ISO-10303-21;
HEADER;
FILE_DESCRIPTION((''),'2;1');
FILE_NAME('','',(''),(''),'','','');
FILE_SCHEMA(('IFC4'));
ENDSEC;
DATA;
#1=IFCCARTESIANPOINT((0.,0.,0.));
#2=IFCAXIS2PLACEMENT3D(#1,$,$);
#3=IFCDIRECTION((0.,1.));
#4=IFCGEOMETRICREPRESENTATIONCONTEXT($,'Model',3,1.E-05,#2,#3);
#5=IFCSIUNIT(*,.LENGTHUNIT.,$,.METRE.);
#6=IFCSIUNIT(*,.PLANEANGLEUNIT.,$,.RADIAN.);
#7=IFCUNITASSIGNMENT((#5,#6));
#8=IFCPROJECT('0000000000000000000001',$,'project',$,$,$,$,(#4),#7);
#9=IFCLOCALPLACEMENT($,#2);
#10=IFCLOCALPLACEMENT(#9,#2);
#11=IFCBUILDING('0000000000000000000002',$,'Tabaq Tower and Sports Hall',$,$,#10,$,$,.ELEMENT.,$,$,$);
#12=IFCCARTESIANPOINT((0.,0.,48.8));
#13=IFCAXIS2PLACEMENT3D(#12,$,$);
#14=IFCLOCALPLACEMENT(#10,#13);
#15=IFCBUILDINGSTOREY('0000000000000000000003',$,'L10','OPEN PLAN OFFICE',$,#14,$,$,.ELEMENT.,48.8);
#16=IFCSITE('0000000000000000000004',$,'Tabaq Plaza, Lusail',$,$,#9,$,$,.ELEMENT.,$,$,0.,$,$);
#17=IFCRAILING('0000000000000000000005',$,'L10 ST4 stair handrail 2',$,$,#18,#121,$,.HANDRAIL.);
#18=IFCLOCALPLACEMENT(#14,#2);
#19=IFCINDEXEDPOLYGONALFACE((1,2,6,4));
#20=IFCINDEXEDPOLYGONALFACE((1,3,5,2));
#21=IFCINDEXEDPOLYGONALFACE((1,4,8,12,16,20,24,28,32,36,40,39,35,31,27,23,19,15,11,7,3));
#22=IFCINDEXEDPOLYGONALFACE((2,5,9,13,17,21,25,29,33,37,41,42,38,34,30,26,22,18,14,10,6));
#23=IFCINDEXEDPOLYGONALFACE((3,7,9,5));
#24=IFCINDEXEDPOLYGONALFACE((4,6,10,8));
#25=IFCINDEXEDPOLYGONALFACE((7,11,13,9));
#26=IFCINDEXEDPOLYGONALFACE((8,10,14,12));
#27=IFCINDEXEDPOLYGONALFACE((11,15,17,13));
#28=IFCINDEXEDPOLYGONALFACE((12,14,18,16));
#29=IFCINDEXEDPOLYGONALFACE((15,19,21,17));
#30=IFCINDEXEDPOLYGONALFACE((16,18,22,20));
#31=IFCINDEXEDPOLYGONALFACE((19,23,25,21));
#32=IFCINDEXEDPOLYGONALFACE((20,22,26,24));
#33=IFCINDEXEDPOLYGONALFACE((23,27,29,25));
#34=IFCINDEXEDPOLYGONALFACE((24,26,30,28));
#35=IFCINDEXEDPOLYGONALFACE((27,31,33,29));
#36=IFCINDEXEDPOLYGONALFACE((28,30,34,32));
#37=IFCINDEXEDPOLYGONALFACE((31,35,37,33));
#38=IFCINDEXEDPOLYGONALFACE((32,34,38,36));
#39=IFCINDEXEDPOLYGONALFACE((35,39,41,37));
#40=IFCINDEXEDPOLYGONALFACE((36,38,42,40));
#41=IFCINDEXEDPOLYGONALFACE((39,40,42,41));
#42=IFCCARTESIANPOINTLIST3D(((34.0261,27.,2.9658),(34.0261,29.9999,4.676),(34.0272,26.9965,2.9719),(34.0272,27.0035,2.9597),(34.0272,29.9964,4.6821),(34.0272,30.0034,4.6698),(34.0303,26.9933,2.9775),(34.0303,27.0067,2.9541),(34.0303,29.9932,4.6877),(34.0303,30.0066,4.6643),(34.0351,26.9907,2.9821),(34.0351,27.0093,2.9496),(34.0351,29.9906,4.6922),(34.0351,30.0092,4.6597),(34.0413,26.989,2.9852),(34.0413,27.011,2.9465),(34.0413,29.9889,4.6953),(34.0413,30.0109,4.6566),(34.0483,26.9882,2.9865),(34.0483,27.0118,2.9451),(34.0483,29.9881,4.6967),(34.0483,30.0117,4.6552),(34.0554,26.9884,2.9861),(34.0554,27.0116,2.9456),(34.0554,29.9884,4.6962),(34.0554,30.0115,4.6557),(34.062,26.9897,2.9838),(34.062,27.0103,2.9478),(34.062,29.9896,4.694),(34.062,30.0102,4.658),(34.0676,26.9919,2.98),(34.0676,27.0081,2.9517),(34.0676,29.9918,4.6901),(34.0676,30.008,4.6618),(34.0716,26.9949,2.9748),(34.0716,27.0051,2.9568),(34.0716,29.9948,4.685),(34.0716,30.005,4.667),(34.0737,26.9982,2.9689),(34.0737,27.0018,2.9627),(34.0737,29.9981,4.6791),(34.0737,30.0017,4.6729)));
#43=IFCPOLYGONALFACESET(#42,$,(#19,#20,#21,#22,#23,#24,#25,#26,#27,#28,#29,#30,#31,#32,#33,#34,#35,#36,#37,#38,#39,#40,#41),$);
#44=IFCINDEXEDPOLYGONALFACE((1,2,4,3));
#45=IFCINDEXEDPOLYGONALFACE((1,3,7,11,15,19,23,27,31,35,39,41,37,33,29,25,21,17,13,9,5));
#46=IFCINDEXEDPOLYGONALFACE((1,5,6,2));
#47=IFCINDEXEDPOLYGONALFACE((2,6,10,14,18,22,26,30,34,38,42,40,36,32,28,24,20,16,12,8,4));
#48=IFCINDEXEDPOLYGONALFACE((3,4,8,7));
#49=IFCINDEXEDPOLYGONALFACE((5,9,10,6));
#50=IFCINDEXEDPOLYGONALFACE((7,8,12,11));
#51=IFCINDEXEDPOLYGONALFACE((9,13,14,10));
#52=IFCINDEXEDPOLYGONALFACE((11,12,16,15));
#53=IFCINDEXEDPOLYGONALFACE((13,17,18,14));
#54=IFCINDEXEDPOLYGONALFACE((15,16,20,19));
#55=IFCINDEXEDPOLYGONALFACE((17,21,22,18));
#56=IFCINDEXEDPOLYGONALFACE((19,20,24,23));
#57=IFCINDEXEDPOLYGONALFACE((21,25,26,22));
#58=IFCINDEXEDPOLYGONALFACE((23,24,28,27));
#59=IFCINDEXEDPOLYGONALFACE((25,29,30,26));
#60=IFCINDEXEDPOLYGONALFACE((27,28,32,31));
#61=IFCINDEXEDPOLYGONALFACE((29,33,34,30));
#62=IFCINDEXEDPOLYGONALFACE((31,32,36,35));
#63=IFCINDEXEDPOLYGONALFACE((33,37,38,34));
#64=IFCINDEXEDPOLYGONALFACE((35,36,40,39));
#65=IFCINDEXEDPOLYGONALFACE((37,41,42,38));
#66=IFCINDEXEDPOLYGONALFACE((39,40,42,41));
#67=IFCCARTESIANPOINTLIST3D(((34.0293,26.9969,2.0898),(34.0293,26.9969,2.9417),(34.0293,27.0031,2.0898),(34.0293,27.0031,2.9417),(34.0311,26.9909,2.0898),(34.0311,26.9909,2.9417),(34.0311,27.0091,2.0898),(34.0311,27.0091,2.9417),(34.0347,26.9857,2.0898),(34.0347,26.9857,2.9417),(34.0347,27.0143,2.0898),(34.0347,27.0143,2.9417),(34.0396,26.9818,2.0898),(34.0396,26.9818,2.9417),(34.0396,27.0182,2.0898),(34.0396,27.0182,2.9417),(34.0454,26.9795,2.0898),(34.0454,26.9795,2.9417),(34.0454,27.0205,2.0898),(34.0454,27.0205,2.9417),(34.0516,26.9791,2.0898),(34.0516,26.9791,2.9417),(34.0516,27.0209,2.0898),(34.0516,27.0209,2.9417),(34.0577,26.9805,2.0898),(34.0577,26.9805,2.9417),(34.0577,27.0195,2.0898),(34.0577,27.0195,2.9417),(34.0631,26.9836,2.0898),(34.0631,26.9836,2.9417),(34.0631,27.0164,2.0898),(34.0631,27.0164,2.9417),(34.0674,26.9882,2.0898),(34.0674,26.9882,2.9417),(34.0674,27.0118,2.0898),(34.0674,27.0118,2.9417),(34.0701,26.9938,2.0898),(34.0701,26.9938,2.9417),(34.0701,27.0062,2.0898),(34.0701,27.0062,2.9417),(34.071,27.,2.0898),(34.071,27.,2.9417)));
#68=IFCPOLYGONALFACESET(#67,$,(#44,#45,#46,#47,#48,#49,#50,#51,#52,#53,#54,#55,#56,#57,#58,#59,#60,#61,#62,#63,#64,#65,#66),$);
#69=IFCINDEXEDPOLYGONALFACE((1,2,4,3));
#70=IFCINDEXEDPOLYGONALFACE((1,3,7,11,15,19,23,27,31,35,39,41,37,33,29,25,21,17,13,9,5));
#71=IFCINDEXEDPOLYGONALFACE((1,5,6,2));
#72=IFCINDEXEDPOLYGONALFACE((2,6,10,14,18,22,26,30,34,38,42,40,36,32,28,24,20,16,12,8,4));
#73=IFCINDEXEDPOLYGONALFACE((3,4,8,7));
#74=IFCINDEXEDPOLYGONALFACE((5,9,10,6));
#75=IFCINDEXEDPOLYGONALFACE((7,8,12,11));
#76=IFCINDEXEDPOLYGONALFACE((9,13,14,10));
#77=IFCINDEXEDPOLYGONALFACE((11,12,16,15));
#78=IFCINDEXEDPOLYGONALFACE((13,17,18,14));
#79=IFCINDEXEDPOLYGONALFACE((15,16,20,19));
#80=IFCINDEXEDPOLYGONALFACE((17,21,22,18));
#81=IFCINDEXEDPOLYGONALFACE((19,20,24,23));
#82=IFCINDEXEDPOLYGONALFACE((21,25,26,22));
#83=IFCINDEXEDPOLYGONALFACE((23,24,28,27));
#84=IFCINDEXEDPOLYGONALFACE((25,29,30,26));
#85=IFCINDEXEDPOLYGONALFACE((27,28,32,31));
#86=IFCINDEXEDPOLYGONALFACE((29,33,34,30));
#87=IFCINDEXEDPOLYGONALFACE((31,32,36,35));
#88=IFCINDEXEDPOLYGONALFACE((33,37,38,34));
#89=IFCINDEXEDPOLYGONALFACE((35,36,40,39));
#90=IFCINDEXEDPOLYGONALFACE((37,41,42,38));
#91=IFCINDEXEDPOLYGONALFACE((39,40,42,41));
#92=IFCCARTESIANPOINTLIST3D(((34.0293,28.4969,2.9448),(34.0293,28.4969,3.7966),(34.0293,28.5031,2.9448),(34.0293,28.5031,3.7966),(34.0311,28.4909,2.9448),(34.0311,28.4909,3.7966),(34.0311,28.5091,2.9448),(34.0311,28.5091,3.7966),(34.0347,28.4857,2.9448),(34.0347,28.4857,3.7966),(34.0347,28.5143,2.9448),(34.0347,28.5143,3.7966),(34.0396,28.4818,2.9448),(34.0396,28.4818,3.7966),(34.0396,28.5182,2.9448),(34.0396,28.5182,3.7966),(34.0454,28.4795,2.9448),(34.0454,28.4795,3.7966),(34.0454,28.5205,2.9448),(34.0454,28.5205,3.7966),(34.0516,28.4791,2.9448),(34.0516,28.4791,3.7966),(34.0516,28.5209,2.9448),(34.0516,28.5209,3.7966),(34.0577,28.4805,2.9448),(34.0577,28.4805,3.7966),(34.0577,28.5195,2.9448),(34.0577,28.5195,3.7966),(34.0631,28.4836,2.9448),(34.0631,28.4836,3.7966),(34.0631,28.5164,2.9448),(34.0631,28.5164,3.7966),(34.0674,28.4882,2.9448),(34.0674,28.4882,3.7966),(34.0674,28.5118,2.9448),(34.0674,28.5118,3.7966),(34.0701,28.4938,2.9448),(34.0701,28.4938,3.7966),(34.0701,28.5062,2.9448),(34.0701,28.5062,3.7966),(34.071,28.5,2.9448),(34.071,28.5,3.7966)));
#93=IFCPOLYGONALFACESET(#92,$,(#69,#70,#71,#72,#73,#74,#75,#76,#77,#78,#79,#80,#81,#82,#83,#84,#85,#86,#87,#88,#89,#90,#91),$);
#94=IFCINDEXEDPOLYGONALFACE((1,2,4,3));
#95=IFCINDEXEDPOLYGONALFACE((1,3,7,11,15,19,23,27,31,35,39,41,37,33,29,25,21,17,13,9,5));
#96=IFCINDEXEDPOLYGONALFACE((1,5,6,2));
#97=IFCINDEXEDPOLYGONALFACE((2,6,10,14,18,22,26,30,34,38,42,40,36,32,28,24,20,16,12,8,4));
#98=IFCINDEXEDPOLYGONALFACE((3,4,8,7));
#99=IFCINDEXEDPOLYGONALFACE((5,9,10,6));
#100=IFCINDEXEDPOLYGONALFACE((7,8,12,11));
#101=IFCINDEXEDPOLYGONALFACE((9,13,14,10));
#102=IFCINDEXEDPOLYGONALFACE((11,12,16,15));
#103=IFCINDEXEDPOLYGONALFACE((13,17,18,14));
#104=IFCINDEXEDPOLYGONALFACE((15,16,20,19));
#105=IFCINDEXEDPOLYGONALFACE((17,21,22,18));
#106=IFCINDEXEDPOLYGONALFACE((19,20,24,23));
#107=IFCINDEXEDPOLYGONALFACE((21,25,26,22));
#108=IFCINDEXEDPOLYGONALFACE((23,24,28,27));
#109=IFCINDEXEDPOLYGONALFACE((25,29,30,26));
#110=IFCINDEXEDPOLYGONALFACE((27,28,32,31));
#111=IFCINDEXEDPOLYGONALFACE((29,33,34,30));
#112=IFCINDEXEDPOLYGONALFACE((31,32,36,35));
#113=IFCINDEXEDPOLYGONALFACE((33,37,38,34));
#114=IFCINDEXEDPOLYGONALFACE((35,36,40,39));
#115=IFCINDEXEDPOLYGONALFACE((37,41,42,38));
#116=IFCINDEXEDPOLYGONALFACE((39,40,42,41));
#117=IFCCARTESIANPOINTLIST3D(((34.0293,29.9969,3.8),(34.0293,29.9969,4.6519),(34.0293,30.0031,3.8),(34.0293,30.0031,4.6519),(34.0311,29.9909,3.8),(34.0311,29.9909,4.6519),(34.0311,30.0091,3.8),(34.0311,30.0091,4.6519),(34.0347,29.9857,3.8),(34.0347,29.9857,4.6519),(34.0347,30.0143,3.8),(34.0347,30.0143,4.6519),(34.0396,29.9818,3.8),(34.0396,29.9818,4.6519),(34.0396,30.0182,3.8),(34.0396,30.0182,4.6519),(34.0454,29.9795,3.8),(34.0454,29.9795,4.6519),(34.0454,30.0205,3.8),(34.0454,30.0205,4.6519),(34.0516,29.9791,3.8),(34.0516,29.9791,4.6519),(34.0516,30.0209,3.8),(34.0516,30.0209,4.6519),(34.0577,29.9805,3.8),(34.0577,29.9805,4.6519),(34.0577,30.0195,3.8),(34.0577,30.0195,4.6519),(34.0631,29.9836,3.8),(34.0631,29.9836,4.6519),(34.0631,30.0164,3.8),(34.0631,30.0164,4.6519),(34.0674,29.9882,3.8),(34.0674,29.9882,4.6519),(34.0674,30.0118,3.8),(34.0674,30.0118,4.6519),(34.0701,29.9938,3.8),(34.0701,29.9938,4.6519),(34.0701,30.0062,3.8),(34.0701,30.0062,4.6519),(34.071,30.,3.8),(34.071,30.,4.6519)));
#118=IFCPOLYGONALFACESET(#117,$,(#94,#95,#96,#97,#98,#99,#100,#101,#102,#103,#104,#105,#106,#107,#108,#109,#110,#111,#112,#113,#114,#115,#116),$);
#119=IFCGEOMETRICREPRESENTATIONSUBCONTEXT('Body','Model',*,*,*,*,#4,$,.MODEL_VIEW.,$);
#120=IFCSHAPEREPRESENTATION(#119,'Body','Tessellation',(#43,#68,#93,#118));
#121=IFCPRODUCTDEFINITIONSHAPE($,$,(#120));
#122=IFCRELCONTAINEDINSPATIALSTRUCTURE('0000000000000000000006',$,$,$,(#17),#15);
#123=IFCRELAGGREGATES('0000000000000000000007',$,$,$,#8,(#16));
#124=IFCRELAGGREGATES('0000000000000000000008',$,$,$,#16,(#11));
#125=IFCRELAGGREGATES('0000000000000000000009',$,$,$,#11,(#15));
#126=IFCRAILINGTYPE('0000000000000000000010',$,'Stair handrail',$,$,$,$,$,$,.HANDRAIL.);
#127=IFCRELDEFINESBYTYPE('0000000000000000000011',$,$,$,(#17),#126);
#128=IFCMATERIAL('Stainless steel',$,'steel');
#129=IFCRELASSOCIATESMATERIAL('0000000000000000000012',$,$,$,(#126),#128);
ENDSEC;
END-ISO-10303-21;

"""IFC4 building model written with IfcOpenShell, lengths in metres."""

from ifc_helpers import new_model, si_unit, direction, frame, origin, origin_2d, place, context, subcontext, project, spatial, circle, extrude, material, type_object, element, save


model = new_model("IFC4")

# Units and contexts
model_context = context("Model", 3, precision=1e-05, world=origin(), true_north=direction((0.0, 1.0)))
body_context = subcontext(model_context, "Body", "Model", "MODEL_VIEW")
ifc_project = project(units=[si_unit("LENGTHUNIT", "METRE"), si_unit("PLANEANGLEUNIT", "RADIAN")], contexts=[model_context])

# Site, building, storey
site_placement = place(None, origin())
site = spatial("IfcSite", under=ifc_project, at=site_placement, Name="Tabaq Plaza, Lusail", CompositionType="ELEMENT", RefElevation=0.0)
building_placement = place(site_placement, origin())
building = spatial("IfcBuilding", under=site, at=building_placement, Name="Tabaq Tower and Sports Hall", CompositionType="ELEMENT")
storey_placement = place(building_placement, frame((0.0, 0.0, 48.8)))
storey = spatial("IfcBuildingStorey", under=building, at=storey_placement, Name="L10", Description="OPEN PLAN OFFICE", CompositionType="ELEMENT", Elevation=48.8)

# Railing
ifc_material_1 = material(Name="Stainless steel", Category="steel")
railing_type_1 = type_object("IfcRailingType", Name="Stair handrail", PredefinedType="HANDRAIL", material=ifc_material_1)
railing_1_placement = place(storey_placement, frame((34.05, 27.0, 2.0898)))
element("IfcRailing", 1, at=railing_1_placement, inside=storey, type_object=railing_type_1, Name="L10 ST4 stair handrail 2", PredefinedType="HANDRAIL", context=body_context, shape_type="SweptSolid", body=[
    extrude(circle(Radius=0.0239, at=origin_2d()), frame((0.0, 0.0, 0.876), z_axis=(0.0, 0.868752, 0.495248), x_axis=(-1.0, 0.0, 0.0)), (0.0, 0.0, 1.0), 3.4531),
    extrude(circle(Radius=0.021, at=origin_2d()), origin(), (0.0, 0.0, 1.0), 0.8518),
    extrude(circle(Radius=0.021, at=origin_2d()), frame((0.0, 1.5, 0.855)), (0.0, 0.0, 1.0), 0.8518),
    extrude(circle(Radius=0.021, at=origin_2d()), frame((0.0, 3.0, 1.7102)), (0.0, 0.0, 1.0), 0.8518),
])

save(model, "model.ifc")
